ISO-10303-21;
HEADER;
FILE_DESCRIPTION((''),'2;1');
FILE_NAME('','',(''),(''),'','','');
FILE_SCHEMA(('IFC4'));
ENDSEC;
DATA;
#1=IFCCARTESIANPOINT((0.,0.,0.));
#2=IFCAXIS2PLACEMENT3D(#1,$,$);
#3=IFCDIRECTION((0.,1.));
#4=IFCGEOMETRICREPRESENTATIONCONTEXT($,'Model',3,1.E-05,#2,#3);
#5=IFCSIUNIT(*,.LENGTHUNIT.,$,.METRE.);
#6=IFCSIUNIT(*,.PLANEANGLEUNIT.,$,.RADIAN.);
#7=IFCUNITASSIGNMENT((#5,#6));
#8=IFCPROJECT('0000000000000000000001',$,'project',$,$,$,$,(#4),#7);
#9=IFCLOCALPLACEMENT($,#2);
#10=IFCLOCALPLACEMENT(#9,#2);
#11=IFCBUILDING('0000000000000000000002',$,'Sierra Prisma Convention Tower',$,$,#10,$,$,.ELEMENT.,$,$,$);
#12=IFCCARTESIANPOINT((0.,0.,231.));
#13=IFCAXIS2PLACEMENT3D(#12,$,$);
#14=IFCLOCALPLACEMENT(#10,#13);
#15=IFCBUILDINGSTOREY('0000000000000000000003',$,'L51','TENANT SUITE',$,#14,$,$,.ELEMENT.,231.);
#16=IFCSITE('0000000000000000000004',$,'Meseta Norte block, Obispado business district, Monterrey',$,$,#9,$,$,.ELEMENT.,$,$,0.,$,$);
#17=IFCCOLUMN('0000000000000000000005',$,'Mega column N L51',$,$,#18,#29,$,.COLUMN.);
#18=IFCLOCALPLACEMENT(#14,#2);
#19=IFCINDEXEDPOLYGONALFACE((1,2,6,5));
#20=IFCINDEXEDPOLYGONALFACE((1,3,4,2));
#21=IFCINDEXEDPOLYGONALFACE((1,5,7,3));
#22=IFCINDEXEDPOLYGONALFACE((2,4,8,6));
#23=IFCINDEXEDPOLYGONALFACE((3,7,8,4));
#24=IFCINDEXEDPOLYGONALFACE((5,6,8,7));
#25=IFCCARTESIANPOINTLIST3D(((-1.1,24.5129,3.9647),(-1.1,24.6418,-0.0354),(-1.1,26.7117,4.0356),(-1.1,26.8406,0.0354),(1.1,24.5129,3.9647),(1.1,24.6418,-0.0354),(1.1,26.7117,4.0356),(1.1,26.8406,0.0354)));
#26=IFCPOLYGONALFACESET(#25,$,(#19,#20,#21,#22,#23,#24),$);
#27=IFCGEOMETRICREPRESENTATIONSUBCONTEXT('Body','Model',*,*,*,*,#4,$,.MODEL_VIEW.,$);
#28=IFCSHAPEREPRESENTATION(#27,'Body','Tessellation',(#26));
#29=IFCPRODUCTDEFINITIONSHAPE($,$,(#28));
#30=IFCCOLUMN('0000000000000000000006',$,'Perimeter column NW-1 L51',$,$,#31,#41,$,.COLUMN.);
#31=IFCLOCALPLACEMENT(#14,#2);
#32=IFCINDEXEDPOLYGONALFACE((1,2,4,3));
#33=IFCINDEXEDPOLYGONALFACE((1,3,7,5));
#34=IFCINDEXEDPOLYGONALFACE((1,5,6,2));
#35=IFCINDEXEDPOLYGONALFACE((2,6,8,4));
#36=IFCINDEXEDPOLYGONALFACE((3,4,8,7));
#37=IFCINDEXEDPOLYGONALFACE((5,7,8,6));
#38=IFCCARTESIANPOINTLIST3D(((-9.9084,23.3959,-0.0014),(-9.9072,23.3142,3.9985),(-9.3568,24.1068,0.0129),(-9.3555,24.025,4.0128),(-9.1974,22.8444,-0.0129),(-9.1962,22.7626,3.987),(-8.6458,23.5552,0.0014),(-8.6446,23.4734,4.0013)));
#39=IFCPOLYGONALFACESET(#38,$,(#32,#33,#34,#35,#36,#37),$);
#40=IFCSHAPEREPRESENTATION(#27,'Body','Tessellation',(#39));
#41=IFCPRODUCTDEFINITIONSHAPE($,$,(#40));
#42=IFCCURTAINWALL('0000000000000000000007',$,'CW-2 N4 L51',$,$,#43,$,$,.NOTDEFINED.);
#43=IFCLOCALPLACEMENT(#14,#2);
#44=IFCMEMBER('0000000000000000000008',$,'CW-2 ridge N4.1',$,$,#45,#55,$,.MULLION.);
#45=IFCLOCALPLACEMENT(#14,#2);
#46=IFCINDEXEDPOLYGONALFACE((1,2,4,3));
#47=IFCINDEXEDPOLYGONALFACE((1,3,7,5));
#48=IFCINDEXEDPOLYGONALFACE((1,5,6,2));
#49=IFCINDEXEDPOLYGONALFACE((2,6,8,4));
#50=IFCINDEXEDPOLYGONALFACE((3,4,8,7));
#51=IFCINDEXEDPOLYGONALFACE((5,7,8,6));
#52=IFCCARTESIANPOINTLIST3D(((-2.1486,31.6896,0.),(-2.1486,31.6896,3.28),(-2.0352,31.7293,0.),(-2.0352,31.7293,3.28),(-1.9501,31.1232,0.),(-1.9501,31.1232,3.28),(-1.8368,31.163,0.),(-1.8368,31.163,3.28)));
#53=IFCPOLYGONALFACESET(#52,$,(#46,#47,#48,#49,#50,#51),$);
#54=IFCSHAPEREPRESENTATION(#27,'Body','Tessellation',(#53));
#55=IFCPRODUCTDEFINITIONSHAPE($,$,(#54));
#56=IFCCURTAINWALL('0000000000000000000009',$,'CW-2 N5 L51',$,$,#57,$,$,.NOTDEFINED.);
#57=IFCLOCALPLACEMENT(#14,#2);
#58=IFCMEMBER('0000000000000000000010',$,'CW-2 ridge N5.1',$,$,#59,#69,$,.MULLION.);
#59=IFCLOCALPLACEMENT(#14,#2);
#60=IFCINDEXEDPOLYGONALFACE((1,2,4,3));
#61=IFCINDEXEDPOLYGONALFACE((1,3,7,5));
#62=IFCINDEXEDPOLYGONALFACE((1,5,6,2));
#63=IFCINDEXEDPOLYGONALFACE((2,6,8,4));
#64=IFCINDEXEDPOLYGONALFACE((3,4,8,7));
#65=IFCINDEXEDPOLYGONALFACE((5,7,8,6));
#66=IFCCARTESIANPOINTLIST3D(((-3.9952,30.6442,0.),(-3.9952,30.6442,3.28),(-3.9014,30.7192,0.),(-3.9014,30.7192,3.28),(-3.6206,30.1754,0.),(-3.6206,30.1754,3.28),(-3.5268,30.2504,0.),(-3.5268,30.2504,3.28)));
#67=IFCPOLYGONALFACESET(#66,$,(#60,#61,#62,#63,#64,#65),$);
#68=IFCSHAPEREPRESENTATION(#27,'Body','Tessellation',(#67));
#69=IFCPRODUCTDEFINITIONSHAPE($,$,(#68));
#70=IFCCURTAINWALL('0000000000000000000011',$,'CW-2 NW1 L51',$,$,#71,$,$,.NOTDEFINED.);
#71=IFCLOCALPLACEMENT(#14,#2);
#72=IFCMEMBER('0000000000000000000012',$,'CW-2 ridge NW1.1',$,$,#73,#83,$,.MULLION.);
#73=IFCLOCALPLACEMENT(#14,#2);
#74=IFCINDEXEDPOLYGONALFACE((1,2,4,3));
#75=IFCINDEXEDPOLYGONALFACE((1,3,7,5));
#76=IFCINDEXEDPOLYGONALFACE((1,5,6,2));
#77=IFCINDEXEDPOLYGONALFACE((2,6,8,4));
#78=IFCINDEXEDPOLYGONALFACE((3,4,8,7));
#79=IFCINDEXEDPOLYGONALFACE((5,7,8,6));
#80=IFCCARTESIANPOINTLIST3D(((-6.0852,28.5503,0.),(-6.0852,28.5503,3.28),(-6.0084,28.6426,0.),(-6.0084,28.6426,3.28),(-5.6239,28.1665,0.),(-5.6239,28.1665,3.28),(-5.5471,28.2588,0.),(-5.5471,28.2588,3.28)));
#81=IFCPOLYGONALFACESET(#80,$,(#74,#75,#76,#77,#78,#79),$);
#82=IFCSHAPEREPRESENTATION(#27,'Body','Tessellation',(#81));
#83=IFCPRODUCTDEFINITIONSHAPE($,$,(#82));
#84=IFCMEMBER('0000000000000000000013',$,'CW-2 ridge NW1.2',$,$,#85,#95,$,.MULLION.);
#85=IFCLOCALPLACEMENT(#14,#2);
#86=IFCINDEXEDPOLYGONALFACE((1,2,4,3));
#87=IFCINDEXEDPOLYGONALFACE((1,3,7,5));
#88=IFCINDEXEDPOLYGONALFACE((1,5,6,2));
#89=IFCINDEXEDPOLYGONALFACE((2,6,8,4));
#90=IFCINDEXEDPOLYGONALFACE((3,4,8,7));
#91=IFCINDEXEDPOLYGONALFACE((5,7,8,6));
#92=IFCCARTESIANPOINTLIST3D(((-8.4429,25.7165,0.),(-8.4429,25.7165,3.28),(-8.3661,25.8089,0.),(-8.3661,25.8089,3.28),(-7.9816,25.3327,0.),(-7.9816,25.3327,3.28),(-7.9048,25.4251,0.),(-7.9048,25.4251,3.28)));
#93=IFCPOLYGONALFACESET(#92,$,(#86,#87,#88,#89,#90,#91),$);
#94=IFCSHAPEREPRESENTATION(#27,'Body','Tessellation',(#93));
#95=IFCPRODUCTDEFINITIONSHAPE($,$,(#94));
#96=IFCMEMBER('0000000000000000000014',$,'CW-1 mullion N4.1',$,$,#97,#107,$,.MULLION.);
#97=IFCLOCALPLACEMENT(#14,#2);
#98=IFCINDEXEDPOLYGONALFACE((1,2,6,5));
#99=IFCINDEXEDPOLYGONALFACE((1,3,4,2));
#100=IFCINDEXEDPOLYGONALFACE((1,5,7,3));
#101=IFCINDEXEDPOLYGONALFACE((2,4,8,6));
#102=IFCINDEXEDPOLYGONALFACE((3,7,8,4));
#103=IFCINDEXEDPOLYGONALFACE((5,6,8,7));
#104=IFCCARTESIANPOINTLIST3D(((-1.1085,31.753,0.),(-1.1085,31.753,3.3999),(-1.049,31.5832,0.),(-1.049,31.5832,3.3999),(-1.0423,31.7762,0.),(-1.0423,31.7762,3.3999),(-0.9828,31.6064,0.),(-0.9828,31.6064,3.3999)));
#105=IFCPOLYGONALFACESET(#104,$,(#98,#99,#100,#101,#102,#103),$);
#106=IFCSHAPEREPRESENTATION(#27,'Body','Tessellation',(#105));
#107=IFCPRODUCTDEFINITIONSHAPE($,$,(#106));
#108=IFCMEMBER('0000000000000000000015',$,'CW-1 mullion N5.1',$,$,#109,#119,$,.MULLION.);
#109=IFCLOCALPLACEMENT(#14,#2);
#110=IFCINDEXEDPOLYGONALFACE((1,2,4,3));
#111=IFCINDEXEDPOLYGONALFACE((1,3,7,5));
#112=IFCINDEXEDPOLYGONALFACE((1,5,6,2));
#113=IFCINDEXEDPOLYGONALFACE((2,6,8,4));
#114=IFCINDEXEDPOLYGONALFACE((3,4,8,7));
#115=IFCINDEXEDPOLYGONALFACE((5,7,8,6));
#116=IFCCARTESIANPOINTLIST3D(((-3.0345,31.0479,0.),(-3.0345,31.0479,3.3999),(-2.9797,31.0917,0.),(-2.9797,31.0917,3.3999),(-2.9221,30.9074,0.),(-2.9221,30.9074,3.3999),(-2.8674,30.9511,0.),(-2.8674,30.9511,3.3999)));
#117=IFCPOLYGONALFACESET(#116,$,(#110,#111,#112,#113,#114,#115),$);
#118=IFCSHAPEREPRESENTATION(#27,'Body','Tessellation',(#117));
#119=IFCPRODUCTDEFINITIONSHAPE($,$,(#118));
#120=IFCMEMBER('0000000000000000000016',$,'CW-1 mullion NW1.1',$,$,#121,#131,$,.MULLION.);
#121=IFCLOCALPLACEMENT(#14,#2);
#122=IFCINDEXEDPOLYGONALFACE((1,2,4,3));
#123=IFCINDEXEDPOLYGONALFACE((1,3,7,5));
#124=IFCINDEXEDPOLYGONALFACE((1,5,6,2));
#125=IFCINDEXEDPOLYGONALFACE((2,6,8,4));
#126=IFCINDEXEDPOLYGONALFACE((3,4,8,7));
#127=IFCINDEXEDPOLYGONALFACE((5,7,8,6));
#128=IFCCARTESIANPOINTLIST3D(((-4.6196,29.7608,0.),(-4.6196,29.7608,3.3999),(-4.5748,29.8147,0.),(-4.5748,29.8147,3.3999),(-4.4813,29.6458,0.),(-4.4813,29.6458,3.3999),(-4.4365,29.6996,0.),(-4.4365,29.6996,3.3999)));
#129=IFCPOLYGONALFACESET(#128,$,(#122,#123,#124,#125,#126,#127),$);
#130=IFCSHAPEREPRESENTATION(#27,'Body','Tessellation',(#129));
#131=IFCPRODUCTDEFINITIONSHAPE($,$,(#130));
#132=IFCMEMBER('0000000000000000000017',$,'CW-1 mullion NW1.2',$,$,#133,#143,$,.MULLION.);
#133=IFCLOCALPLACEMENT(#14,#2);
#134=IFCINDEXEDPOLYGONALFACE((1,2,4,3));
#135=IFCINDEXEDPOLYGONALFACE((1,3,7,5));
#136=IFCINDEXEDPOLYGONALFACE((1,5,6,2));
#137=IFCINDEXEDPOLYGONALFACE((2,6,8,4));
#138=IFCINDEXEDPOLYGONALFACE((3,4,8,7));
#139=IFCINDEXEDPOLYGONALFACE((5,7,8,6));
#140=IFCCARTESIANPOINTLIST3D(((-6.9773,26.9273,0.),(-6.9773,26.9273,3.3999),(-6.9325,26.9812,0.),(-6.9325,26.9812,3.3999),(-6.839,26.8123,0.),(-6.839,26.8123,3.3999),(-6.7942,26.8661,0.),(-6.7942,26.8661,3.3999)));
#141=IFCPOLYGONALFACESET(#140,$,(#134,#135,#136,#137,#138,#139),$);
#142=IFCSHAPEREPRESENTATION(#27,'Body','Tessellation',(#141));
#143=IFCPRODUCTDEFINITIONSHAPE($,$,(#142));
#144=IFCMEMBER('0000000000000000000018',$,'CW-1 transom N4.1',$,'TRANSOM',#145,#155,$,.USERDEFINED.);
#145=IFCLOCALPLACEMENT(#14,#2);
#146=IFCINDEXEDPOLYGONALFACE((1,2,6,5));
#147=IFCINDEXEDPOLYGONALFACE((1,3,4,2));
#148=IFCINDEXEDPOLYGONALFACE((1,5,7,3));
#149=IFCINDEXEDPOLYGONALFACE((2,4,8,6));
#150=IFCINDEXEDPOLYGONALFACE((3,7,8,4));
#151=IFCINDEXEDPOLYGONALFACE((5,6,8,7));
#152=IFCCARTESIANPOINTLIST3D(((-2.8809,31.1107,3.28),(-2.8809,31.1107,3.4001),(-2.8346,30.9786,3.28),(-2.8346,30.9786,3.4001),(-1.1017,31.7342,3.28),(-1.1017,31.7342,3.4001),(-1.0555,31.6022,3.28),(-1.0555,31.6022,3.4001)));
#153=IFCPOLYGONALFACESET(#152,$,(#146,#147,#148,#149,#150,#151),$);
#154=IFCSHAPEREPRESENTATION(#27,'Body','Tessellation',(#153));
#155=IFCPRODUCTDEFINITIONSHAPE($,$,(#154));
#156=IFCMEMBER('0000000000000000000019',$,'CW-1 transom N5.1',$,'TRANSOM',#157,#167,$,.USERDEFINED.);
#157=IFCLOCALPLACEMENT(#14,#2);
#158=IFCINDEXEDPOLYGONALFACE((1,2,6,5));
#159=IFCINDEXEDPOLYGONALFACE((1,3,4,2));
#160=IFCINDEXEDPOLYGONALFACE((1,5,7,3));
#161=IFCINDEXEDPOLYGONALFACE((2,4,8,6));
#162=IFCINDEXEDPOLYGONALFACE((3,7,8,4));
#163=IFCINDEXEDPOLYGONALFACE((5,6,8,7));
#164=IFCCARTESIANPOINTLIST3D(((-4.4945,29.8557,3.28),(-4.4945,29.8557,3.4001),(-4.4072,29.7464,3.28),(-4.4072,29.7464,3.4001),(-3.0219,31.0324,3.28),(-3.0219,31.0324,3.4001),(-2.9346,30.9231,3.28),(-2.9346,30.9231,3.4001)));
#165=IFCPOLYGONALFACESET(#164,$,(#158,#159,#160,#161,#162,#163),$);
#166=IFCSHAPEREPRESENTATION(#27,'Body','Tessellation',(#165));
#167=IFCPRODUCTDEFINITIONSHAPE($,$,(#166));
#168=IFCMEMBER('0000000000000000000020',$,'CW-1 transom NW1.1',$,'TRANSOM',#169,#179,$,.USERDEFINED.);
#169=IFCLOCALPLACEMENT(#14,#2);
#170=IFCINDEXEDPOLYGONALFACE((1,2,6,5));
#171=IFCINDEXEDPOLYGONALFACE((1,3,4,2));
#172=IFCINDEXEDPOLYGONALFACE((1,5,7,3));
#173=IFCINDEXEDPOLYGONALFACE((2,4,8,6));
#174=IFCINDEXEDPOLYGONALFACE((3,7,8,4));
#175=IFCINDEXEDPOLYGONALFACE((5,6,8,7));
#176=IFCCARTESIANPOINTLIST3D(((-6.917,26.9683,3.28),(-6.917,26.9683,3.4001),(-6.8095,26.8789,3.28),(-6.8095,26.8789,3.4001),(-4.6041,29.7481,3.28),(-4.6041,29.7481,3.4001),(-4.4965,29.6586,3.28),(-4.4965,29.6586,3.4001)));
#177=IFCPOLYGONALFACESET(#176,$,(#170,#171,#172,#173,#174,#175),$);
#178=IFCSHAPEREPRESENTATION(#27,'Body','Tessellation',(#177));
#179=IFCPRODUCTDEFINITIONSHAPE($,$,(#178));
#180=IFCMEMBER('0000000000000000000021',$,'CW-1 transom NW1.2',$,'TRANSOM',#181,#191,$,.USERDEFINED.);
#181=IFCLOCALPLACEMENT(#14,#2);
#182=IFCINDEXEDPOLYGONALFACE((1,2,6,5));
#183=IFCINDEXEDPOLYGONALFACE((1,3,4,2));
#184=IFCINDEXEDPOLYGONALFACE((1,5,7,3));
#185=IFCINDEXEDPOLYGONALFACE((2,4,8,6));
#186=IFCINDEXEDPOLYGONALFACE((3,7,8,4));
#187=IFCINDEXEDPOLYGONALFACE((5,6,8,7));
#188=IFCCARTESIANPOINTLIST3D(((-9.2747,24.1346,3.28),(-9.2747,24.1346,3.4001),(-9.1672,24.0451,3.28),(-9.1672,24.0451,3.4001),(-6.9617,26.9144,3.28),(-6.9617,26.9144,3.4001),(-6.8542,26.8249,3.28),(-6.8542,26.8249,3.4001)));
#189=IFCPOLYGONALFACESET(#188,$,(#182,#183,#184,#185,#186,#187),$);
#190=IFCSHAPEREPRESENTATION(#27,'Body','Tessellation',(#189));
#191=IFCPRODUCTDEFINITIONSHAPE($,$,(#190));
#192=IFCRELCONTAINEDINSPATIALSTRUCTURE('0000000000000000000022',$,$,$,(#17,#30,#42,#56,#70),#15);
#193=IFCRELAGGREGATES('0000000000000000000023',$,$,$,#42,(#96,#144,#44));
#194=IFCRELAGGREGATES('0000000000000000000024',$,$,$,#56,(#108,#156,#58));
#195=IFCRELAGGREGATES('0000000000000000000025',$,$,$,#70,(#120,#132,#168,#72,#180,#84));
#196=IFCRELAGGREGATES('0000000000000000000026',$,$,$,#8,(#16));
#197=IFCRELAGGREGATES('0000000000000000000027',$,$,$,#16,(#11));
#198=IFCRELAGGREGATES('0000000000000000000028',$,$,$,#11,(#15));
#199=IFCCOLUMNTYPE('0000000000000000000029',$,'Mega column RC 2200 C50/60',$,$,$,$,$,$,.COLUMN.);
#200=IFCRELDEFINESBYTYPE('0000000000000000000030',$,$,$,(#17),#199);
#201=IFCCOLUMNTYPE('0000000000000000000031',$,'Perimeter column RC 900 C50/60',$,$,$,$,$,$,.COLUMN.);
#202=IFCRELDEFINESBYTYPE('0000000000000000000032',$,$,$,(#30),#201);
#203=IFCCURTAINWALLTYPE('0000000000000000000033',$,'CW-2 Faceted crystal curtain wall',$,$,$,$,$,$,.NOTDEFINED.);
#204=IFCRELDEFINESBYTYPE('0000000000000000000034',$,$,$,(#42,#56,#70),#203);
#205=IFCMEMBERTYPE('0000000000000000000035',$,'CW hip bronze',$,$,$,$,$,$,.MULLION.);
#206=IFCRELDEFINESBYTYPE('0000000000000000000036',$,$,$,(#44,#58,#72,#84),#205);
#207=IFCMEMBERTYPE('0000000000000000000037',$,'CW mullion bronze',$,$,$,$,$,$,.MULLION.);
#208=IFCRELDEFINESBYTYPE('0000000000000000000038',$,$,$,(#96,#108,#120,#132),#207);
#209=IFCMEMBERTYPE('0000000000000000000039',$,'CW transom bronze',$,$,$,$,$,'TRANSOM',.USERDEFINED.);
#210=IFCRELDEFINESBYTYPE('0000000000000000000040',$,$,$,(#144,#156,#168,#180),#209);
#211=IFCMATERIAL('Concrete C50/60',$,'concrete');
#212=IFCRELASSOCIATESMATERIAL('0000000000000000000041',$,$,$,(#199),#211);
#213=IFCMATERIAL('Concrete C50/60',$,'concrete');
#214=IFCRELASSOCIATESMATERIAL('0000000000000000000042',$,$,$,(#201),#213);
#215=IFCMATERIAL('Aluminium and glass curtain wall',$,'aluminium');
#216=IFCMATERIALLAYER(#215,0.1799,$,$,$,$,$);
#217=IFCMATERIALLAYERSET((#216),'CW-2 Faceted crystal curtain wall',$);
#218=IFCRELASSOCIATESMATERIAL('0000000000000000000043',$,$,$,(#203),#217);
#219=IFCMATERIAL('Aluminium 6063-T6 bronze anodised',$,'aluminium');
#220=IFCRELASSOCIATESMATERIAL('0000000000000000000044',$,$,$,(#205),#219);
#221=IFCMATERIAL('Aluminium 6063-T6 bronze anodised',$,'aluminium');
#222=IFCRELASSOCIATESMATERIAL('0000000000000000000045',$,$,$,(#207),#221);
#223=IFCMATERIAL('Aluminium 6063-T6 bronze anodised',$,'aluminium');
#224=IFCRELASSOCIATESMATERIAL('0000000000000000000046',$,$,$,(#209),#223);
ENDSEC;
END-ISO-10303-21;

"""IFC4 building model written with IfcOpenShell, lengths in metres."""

from ifc_helpers import new_model, si_unit, direction, frame, origin, origin_2d, place, context, subcontext, project, spatial, rectangle, extrude, material, layer, layer_set, material_profile, profile_set, type_object, element, aggregate, save


model = new_model("IFC4")

# Units and contexts
model_context = context("Model", 3, precision=1e-05, world=origin(), true_north=direction((0.0, 1.0)))
body_context = subcontext(model_context, "Body", "Model", "MODEL_VIEW")
ifc_project = project(units=[si_unit("LENGTHUNIT", "METRE"), si_unit("PLANEANGLEUNIT", "RADIAN")], contexts=[model_context])

# Site, building, storey
site_placement = place(None, origin())
site = spatial("IfcSite", under=ifc_project, at=site_placement, Name="Meseta Norte block, Obispado business district, Monterrey", CompositionType="ELEMENT", RefElevation=0.0)
building_placement = place(site_placement, origin())
building = spatial("IfcBuilding", under=site, at=building_placement, Name="Sierra Prisma Convention Tower", CompositionType="ELEMENT")
storey_placement = place(building_placement, frame((0.0, 0.0, 231.0)))
storey = spatial("IfcBuildingStorey", under=building, at=storey_placement, Name="L51", Description="TENANT SUITE", CompositionType="ELEMENT", Elevation=231.0)

# Columns
ifc_material_1 = material(Name="Concrete C50/60", Category="concrete")
ifc_material_profile_1 = material_profile(ifc_material_1, rectangle(XDim=2.2, YDim=2.2, at=origin_2d()), Name="Mega column RC 2200 C50/60")
ifc_profile_set_1 = profile_set([ifc_material_profile_1], Name="Concrete C50/60")
column_type_1 = type_object("IfcColumnType", Name="Mega column RC 2200 C50/60", PredefinedType="COLUMN", material=ifc_profile_set_1)
column_1_placement = place(storey_placement, frame((0.0, 25.7412, 0.0), z_axis=(0.0, -0.03221, 0.999481), x_axis=(1.0, 0.0, 0.0)))
element("IfcColumn", 1, at=column_1_placement, inside=storey, type_object=column_type_1, Name="Mega column N L51", PredefinedType="COLUMN", context=body_context, shape_type="SweptSolid", body=[
    extrude(rectangle(XDim=2.2, YDim=2.2, at=origin_2d()), origin(), (0.0, 0.0, 1.0), 4.0022),
])
ifc_material_2 = material(Name="Concrete C50/60", Category="concrete")
ifc_material_profile_2 = material_profile(ifc_material_2, rectangle(XDim=0.8999, YDim=0.8999, at=origin_2d()), Name="Perimeter column RC 900 C50/60")
ifc_profile_set_2 = profile_set([ifc_material_profile_2], Name="Concrete C50/60")
column_type_2 = type_object("IfcColumnType", Name="Perimeter column RC 900 C50/60", PredefinedType="COLUMN", material=ifc_profile_set_2)
column_2_placement = place(storey_placement, frame((-9.2771, 23.4756, 0.0), z_axis=(0.000305, -0.020443, 0.999791), x_axis=(0.613027, 0.789901, 0.015964)))
element("IfcColumn", 2, at=column_2_placement, inside=storey, type_object=column_type_2, Name="Perimeter column NW-1 L51", PredefinedType="COLUMN", context=body_context, shape_type="SweptSolid", body=[
    extrude(rectangle(XDim=0.8999, YDim=0.8999, at=origin_2d()), origin(), (0.0, 0.0, 1.0), 4.0007),
])

# Curtain walls, members
ifc_material_3 = material(Name="Aluminium and glass curtain wall", Category="aluminium")
ifc_layer_1 = layer(ifc_material_3, 0.1799)
ifc_layer_set_1 = layer_set([ifc_layer_1], Name="CW-2 Faceted crystal curtain wall")
curtain_wall_type = type_object("IfcCurtainWallType", Name="CW-2 Faceted crystal curtain wall", PredefinedType="NOTDEFINED", material=ifc_layer_set_1)
curtain_wall_1_placement = place(storey_placement, origin())
curtain_wall_1 = element("IfcCurtainWall", 3, at=curtain_wall_1_placement, inside=storey, type_object=curtain_wall_type, Name="CW-2 N4 L51", PredefinedType="NOTDEFINED")
ifc_material_4 = material(Name="Aluminium 6063-T6 bronze anodised", Category="aluminium")
ifc_material_profile_3 = material_profile(ifc_material_4, rectangle(XDim=0.1201, YDim=0.6001, at=origin_2d()), Name="ALU RIDGE BLADE 120x600")
ifc_profile_set_3 = profile_set([ifc_material_profile_3], Name="Aluminium 6063-T6 bronze anodised")
member_type_1 = type_object("IfcMemberType", Name="CW hip bronze", PredefinedType="MULLION", material=ifc_profile_set_3)
member_1_placement = place(storey_placement, frame((-1.9927, 31.4263, 0.0), z_axis=(0.0, 0.0, 1.0), x_axis=(-0.943716, -0.330758, 0.0)))
member_1 = element("IfcMember", 4, at=member_1_placement, type_object=member_type_1, Name="CW-2 ridge N4.1", PredefinedType="MULLION", context=body_context, shape_type="SweptSolid", body=[
    extrude(rectangle(XDim=0.1201, YDim=0.6001, at=origin_2d()), origin(), (0.0, 0.0, 1.0), 3.28),
])
curtain_wall_2_placement = place(storey_placement, origin())
curtain_wall_2 = element("IfcCurtainWall", 5, at=curtain_wall_2_placement, inside=storey, type_object=curtain_wall_type, Name="CW-2 N5 L51", PredefinedType="NOTDEFINED")
member_2_placement = place(storey_placement, frame((-3.761, 30.4473, 0.0), z_axis=(0.0, 0.0, 1.0), x_axis=(-0.781199, -0.624283, 0.0)))
member_2 = element("IfcMember", 6, at=member_2_placement, type_object=member_type_1, Name="CW-2 ridge N5.1", PredefinedType="MULLION", context=body_context, shape_type="SweptSolid", body=[
    extrude(rectangle(XDim=0.1201, YDim=0.6001, at=origin_2d()), origin(), (0.0, 0.0, 1.0), 3.28),
])

# Curtain wall, members
curtain_wall_3_placement = place(storey_placement, origin())
curtain_wall_3 = element("IfcCurtainWall", 7, at=curtain_wall_3_placement, inside=storey, type_object=curtain_wall_type, Name="CW-2 NW1 L51", PredefinedType="NOTDEFINED")
member_3_placement = place(storey_placement, frame((-5.8162, 28.4045, 0.0), z_axis=(0.0, 0.0, 1.0), x_axis=(-0.639585, -0.76872, 0.0)))
member_3 = element("IfcMember", 8, at=member_3_placement, type_object=member_type_1, Name="CW-2 ridge NW1.1", PredefinedType="MULLION", context=body_context, shape_type="SweptSolid", body=[
    extrude(rectangle(XDim=0.1201, YDim=0.6001, at=origin_2d()), origin(), (0.0, 0.0, 1.0), 3.28),
])
member_4_placement = place(storey_placement, frame((-8.1738, 25.5708, 0.0), z_axis=(0.0, 0.0, 1.0), x_axis=(-0.639585, -0.76872, 0.0)))
member_4 = element("IfcMember", 9, at=member_4_placement, type_object=member_type_1, Name="CW-2 ridge NW1.2", PredefinedType="MULLION", context=body_context, shape_type="SweptSolid", body=[
    extrude(rectangle(XDim=0.1201, YDim=0.6001, at=origin_2d()), origin(), (0.0, 0.0, 1.0), 3.28),
])

# Members
ifc_material_5 = material(Name="Aluminium 6063-T6 bronze anodised", Category="aluminium")
ifc_material_profile_4 = material_profile(ifc_material_5, rectangle(XDim=0.1799, YDim=0.0701, at=origin_2d()), Name="ALU MULLION 70x180")
ifc_profile_set_4 = profile_set([ifc_material_profile_4], Name="Aluminium 6063-T6 bronze anodised")
member_type_2 = type_object("IfcMemberType", Name="CW mullion bronze", PredefinedType="MULLION", material=ifc_profile_set_4)
member_5_placement = place(storey_placement, frame((-1.0457, 31.6797, 0.0), z_axis=(0.0, 0.0, 1.0), x_axis=(0.330758, -0.943716, 0.0)))
member_5 = element("IfcMember", 10, at=member_5_placement, type_object=member_type_2, Name="CW-1 mullion N4.1", PredefinedType="MULLION", context=body_context, shape_type="SweptSolid", body=[
    extrude(rectangle(XDim=0.1799, YDim=0.0701, at=origin_2d()), origin(), (0.0, 0.0, 1.0), 3.3999),
])
member_6_placement = place(storey_placement, frame((-2.9509, 30.9995, 0.0), z_axis=(0.0, 0.0, 1.0), x_axis=(0.624283, -0.781199, 0.0)))
member_6 = element("IfcMember", 11, at=member_6_placement, type_object=member_type_2, Name="CW-1 mullion N5.1", PredefinedType="MULLION", context=body_context, shape_type="SweptSolid", body=[
    extrude(rectangle(XDim=0.1799, YDim=0.0701, at=origin_2d()), origin(), (0.0, 0.0, 1.0), 3.3999),
])
member_7_placement = place(storey_placement, frame((-4.5281, 29.7302, 0.0), z_axis=(0.0, 0.0, 1.0), x_axis=(0.76872, -0.639585, 0.0)))
member_7 = element("IfcMember", 12, at=member_7_placement, type_object=member_type_2, Name="CW-1 mullion NW1.1", PredefinedType="MULLION", context=body_context, shape_type="SweptSolid", body=[
    extrude(rectangle(XDim=0.1799, YDim=0.0701, at=origin_2d()), origin(), (0.0, 0.0, 1.0), 3.3999),
])
member_8_placement = place(storey_placement, frame((-6.8857, 26.8967, 0.0), z_axis=(0.0, 0.0, 1.0), x_axis=(0.76872, -0.639585, 0.0)))
member_8 = element("IfcMember", 13, at=member_8_placement, type_object=member_type_2, Name="CW-1 mullion NW1.2", PredefinedType="MULLION", context=body_context, shape_type="SweptSolid", body=[
    extrude(rectangle(XDim=0.1799, YDim=0.0701, at=origin_2d()), origin(), (0.0, 0.0, 1.0), 3.3999),
])
ifc_material_6 = material(Name="Aluminium 6063-T6 bronze anodised", Category="aluminium")
ifc_material_profile_5 = material_profile(ifc_material_6, rectangle(XDim=0.1399, YDim=0.1201, at=origin_2d()), Name="ALU TRANSOM 120x140")
ifc_profile_set_5 = profile_set([ifc_material_profile_5], Name="Aluminium 6063-T6 bronze anodised")
member_type_3 = type_object("IfcMemberType", Name="CW transom bronze", ElementType="TRANSOM", PredefinedType="USERDEFINED", material=ifc_profile_set_5)
member_9_placement = place(storey_placement, frame((-1.0786, 31.6682, 3.3401), z_axis=(-0.943715, -0.33076, 0.0), x_axis=(0.33076, -0.943715, 0.0)))
member_9 = element("IfcMember", 14, at=member_9_placement, type_object=member_type_3, Name="CW-1 transom N4.1", ObjectType="TRANSOM", PredefinedType="USERDEFINED", context=body_context, shape_type="SweptSolid", body=[
    extrude(rectangle(XDim=0.1399, YDim=0.1201, at=origin_2d()), origin(), (0.0, 0.0, 1.0), 1.8853),
])
member_10_placement = place(storey_placement, frame((-2.9783, 30.9778, 3.3401), z_axis=(-0.781222, -0.624253, 0.0), x_axis=(0.624253, -0.781222, 0.0)))
member_10 = element("IfcMember", 15, at=member_10_placement, type_object=member_type_3, Name="CW-1 transom N5.1", ObjectType="TRANSOM", PredefinedType="USERDEFINED", context=body_context, shape_type="SweptSolid", body=[
    extrude(rectangle(XDim=0.1399, YDim=0.1201, at=origin_2d()), origin(), (0.0, 0.0, 1.0), 1.885),
])
member_11_placement = place(storey_placement, frame((-4.5503, 29.7034, 3.3401), z_axis=(-0.639613, -0.768697, 0.0), x_axis=(0.768697, -0.639613, 0.0)))
member_11 = element("IfcMember", 16, at=member_11_placement, type_object=member_type_3, Name="CW-1 transom NW1.1", ObjectType="TRANSOM", PredefinedType="USERDEFINED", context=body_context, shape_type="SweptSolid", body=[
    extrude(rectangle(XDim=0.1399, YDim=0.1201, at=origin_2d()), origin(), (0.0, 0.0, 1.0), 3.6162),
])
member_12_placement = place(storey_placement, frame((-6.908, 26.8696, 3.3401), z_axis=(-0.639613, -0.768697, 0.0), x_axis=(0.768697, -0.639613, 0.0)))
member_12 = element("IfcMember", 17, at=member_12_placement, type_object=member_type_3, Name="CW-1 transom NW1.2", ObjectType="TRANSOM", PredefinedType="USERDEFINED", context=body_context, shape_type="SweptSolid", body=[
    extrude(rectangle(XDim=0.1399, YDim=0.1201, at=origin_2d()), origin(), (0.0, 0.0, 1.0), 3.6162),
])

aggregate(curtain_wall_1, [member_5, member_9, member_1])
aggregate(curtain_wall_2, [member_6, member_10, member_2])
aggregate(curtain_wall_3, [member_7, member_8, member_11, member_3, member_12, member_4])

save(model, "model.ifc")
